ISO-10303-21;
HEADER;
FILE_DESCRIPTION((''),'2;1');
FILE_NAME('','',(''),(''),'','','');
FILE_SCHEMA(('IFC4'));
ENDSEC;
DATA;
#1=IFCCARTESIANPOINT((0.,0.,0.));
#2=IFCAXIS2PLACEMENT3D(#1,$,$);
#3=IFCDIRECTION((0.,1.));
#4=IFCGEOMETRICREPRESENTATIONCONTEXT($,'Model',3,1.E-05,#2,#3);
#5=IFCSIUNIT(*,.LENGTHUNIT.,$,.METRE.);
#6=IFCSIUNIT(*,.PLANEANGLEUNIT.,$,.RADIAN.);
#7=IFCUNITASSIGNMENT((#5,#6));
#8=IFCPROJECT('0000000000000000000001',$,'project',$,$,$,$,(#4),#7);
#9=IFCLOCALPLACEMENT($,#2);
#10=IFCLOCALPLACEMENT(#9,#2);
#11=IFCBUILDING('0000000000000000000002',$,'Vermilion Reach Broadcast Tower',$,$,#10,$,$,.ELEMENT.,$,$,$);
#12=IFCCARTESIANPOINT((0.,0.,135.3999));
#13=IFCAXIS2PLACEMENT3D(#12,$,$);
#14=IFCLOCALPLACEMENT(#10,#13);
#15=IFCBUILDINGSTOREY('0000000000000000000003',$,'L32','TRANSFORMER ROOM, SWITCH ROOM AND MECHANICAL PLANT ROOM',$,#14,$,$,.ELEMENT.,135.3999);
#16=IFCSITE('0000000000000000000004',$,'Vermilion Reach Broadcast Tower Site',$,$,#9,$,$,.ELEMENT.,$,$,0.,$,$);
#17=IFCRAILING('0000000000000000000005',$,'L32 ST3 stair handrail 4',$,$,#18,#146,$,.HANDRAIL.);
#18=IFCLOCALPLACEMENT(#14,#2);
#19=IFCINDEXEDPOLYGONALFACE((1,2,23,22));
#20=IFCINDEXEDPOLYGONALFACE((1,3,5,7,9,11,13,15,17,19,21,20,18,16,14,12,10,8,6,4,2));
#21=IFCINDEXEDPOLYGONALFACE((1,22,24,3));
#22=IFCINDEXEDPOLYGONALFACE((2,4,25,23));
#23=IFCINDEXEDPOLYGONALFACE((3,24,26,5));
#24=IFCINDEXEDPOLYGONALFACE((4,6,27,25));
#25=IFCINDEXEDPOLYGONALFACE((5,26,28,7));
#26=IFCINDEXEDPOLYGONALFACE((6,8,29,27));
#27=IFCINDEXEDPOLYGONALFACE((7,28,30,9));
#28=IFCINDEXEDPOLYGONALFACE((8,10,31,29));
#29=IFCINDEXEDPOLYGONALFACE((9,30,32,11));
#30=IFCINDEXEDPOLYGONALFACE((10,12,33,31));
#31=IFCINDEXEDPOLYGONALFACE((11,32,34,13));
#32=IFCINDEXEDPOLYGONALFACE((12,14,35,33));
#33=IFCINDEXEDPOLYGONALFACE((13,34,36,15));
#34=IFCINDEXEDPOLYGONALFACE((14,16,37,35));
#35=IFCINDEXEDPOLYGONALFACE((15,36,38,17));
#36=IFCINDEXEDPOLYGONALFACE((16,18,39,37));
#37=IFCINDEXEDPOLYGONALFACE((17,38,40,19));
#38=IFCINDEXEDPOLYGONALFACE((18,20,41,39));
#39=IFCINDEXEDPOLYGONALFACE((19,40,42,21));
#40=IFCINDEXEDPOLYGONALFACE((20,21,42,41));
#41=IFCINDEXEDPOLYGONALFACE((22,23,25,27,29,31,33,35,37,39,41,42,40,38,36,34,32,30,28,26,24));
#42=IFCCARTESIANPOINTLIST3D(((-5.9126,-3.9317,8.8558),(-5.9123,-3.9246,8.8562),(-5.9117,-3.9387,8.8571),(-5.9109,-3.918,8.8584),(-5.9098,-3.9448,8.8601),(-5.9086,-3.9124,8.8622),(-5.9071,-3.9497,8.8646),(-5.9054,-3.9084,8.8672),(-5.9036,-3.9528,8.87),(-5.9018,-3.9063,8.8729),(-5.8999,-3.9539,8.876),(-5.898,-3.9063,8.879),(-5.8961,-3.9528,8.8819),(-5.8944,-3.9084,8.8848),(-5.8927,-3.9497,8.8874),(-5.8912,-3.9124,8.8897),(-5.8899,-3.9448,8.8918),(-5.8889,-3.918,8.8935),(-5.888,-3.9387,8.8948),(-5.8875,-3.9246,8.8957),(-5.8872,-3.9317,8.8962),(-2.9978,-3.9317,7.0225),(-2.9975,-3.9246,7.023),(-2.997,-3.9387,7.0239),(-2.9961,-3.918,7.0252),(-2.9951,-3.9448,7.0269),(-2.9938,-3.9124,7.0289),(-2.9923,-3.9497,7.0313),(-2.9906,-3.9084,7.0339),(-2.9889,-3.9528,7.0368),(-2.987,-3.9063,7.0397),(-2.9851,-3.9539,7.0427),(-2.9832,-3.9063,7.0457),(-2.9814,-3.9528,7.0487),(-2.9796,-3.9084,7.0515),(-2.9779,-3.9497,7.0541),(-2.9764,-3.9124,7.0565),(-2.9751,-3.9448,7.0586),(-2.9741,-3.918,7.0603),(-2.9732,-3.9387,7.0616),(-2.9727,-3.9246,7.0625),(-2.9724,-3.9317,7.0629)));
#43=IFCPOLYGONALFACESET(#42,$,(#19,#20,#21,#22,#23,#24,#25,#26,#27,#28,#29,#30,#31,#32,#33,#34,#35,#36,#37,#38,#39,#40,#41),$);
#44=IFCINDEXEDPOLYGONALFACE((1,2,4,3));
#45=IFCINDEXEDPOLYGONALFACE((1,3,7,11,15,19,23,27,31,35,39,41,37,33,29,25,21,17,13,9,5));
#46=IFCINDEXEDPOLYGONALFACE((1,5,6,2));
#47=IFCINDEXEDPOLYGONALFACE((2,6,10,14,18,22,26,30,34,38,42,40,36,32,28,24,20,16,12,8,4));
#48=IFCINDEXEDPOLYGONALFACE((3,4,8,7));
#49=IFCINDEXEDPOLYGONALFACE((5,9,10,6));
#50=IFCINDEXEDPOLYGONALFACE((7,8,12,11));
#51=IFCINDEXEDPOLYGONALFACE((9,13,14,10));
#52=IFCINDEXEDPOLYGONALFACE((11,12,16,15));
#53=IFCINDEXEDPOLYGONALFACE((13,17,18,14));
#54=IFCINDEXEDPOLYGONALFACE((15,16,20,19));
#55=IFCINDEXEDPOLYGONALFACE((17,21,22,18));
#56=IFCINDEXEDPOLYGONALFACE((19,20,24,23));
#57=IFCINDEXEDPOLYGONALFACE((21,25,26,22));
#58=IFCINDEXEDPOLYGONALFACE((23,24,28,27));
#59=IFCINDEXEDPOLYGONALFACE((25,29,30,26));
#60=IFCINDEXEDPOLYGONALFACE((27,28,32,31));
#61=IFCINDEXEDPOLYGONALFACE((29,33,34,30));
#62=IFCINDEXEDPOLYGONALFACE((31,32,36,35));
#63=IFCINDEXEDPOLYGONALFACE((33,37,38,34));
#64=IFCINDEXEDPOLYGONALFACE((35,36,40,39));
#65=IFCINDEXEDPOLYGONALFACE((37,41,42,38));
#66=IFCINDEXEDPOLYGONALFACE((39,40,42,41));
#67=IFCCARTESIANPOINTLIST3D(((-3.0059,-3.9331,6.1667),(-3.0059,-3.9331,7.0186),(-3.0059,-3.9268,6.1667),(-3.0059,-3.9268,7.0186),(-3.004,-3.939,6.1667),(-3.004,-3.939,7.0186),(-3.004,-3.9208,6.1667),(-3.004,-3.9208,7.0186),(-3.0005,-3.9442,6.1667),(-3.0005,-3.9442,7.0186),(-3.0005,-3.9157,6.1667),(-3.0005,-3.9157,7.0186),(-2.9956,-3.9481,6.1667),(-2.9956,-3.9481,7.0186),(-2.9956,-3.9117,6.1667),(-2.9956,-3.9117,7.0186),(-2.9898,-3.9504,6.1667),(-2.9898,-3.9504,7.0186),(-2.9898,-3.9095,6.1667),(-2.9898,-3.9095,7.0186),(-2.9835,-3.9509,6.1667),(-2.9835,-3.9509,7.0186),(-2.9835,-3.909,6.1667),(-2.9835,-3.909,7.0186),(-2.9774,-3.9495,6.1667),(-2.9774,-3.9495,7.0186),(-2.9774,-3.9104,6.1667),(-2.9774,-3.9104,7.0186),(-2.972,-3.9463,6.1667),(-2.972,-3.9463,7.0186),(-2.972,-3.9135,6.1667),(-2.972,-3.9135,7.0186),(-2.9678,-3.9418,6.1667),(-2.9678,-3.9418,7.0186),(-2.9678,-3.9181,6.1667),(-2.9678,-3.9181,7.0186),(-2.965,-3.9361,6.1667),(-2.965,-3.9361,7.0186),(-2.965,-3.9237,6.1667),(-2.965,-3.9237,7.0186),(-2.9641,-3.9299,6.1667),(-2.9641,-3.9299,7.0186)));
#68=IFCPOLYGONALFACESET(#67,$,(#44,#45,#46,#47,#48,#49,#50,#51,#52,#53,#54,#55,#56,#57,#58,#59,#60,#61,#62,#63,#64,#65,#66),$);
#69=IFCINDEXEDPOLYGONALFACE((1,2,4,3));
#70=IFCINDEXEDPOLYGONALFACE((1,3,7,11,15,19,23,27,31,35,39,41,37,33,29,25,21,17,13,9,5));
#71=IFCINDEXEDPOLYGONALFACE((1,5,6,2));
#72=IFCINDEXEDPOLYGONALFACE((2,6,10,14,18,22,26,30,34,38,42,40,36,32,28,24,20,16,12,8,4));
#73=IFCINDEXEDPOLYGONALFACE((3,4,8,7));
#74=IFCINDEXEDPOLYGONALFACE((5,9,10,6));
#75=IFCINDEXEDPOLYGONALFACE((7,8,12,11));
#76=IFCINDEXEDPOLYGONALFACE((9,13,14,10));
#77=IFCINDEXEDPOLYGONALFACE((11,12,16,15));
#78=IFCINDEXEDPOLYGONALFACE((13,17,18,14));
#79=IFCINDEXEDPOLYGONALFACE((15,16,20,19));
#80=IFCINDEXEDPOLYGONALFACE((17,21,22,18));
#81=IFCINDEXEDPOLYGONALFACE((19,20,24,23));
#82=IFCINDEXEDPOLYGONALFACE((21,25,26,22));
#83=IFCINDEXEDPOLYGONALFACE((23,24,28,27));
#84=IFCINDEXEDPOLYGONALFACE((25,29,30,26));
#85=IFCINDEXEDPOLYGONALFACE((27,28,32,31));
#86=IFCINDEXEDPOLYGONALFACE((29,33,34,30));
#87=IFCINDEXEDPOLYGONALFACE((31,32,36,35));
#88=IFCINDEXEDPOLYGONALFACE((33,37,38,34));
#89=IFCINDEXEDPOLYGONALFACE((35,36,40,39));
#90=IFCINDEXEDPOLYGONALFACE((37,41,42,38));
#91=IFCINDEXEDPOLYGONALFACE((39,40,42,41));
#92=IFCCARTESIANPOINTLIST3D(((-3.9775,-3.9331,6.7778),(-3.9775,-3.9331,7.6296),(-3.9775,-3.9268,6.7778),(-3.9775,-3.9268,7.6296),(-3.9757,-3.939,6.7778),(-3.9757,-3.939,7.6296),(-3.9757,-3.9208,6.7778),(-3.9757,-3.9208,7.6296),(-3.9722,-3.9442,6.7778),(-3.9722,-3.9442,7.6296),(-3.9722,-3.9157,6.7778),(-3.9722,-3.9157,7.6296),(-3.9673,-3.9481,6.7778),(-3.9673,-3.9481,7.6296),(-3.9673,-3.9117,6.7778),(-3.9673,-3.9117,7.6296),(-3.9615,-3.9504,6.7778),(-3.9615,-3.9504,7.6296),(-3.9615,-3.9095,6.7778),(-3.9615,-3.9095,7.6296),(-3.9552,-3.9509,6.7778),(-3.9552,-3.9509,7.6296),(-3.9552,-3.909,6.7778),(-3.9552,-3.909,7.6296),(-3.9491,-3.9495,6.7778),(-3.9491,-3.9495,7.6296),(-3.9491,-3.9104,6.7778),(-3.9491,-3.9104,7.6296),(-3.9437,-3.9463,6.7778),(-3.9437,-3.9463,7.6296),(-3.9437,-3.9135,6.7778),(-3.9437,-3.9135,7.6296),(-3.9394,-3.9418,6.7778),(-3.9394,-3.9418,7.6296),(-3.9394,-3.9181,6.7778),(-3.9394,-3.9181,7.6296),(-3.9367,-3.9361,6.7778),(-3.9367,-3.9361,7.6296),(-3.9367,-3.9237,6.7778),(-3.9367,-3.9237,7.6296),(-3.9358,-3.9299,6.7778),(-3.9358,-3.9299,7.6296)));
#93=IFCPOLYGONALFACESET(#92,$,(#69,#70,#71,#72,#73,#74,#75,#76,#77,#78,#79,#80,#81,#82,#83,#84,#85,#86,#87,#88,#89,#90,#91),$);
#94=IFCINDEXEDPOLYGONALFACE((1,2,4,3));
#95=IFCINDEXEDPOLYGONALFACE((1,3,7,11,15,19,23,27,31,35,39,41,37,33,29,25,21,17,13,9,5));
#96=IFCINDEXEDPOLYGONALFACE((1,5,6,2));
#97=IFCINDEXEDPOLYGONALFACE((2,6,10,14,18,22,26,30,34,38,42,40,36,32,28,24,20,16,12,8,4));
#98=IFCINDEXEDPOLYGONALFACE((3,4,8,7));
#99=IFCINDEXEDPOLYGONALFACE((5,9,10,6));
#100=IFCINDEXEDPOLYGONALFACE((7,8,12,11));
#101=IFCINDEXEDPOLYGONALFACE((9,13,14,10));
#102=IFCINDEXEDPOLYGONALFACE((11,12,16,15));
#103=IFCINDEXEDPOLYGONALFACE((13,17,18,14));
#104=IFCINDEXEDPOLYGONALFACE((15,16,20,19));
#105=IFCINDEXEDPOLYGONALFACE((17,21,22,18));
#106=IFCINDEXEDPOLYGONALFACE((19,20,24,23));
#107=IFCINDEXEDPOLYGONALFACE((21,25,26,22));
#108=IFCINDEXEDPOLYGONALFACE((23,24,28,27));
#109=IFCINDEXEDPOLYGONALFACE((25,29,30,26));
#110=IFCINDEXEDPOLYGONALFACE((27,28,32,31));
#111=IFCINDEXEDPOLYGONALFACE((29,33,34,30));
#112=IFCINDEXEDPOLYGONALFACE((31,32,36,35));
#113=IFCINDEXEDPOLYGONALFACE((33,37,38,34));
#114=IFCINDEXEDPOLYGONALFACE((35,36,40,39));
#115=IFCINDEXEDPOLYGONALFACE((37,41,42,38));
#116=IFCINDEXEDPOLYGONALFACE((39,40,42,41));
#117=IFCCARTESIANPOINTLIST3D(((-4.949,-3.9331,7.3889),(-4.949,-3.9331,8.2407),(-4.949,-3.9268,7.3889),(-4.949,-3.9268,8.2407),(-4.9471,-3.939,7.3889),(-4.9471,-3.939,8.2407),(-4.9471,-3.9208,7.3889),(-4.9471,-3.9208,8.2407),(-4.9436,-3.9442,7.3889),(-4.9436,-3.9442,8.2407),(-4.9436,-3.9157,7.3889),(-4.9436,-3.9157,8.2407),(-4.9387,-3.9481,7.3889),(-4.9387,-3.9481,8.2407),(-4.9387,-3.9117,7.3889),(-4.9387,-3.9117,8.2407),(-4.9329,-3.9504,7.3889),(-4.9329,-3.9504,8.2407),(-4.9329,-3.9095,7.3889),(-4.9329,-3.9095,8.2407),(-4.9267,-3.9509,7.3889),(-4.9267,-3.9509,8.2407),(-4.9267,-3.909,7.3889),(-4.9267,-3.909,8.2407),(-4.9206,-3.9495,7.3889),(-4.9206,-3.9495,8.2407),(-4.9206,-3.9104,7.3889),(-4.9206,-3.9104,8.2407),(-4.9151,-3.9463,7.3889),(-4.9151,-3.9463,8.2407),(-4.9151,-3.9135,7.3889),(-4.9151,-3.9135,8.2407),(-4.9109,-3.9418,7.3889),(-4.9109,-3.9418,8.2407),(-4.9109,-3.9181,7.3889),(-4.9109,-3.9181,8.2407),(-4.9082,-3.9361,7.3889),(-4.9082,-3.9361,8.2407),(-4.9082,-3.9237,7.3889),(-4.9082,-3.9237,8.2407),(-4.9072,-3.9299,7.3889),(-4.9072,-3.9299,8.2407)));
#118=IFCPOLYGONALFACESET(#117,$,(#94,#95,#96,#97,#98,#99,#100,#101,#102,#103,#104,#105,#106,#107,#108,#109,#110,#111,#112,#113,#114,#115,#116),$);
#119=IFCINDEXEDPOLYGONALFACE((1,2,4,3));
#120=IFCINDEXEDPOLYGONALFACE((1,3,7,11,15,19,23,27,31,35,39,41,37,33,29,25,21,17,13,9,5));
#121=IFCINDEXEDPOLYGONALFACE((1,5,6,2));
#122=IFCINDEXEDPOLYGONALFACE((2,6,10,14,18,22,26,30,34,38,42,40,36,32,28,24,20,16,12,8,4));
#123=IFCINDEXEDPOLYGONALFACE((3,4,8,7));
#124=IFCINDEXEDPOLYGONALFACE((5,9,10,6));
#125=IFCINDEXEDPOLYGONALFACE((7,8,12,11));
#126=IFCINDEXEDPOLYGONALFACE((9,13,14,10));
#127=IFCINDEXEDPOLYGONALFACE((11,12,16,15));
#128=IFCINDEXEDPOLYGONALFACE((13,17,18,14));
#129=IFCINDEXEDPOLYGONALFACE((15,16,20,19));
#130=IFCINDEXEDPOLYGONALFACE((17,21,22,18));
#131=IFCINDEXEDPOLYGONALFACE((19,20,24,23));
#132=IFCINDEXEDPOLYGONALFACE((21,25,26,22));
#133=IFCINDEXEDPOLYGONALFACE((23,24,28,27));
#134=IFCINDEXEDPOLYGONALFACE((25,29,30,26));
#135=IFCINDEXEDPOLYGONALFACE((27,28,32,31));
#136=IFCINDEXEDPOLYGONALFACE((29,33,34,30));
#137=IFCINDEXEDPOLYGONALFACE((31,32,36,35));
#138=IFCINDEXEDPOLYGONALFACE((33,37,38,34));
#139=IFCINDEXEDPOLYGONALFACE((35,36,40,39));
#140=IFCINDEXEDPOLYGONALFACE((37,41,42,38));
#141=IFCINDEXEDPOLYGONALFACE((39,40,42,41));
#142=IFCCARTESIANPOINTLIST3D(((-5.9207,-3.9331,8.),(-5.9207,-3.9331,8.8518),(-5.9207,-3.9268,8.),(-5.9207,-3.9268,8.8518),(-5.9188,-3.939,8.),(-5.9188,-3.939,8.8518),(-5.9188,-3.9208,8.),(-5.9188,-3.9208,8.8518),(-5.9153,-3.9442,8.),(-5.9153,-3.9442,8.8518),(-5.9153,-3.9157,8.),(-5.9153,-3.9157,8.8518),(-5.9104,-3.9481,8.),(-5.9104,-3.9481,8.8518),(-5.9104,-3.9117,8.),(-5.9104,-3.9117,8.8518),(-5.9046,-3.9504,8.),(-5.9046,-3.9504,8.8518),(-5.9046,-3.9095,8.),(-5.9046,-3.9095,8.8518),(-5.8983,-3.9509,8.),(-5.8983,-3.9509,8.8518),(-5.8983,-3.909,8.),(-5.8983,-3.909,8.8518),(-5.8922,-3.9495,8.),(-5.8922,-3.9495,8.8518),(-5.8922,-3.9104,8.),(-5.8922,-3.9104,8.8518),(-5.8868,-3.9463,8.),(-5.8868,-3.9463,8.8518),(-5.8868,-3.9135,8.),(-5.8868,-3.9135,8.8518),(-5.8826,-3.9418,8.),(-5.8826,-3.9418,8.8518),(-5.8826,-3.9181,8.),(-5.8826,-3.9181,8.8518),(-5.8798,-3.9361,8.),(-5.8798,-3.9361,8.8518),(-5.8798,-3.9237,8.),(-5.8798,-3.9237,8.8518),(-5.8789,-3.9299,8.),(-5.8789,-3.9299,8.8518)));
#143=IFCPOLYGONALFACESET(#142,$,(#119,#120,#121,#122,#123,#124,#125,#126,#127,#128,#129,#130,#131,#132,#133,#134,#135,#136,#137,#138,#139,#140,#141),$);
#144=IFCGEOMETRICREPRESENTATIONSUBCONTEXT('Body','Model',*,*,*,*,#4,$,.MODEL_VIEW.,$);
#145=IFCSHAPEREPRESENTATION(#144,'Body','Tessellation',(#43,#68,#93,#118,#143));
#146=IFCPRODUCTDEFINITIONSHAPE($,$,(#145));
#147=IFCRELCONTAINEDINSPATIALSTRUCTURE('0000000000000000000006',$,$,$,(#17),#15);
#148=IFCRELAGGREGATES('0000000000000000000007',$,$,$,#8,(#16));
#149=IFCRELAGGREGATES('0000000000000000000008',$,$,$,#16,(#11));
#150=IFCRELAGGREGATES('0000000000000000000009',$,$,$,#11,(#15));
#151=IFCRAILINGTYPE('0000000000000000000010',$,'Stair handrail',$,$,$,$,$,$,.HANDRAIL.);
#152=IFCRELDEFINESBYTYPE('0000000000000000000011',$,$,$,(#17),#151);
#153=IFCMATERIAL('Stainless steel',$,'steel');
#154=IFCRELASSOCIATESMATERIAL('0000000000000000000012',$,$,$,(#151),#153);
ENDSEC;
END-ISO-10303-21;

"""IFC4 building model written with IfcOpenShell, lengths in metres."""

from ifc_helpers import new_model, si_unit, direction, frame, origin, origin_2d, place, context, subcontext, project, spatial, circle, extrude, material, type_object, element, save


model = new_model("IFC4")

# Units and contexts
model_context = context("Model", 3, precision=1e-05, world=origin(), true_north=direction((0.0, 1.0)))
body_context = subcontext(model_context, "Body", "Model", "MODEL_VIEW")
ifc_project = project(units=[si_unit("LENGTHUNIT", "METRE"), si_unit("PLANEANGLEUNIT", "RADIAN")], contexts=[model_context])

# Site, building, storey
site_placement = place(None, origin())
site = spatial("IfcSite", under=ifc_project, at=site_placement, Name="Vermilion Reach Broadcast Tower Site", CompositionType="ELEMENT", RefElevation=0.0)
building_placement = place(site_placement, origin())
building = spatial("IfcBuilding", under=site, at=building_placement, Name="Vermilion Reach Broadcast Tower", CompositionType="ELEMENT")
storey_placement = place(building_placement, frame((0.0, 0.0, 135.3999)))
storey = spatial("IfcBuildingStorey", under=building, at=storey_placement, Name="L32", Description="TRANSFORMER ROOM, SWITCH ROOM AND MECHANICAL PLANT ROOM", CompositionType="ELEMENT", Elevation=135.3999)

# Railing
ifc_material_1 = material(Name="Stainless steel", Category="steel")
railing_type_1 = type_object("IfcRailingType", Name="Stair handrail", PredefinedType="HANDRAIL", material=ifc_material_1)
for number, where, name in (
    (1, (-2.9851, -3.9299, 6.1667), "L32 ST3 stair handrail 4"),
):
    element("IfcRailing", number, at=place(storey_placement, frame(where)), inside=storey, type_object=railing_type_1, Name=name, PredefinedType="HANDRAIL", context=body_context, shape_type="SweptSolid", body=[
        extrude(circle(Radius=0.0239, at=origin_2d()), frame((0.0, 0.0, 0.876), z_axis=(-0.846493, 0.0, 0.532399), x_axis=(0.0, -1.0, 0.0)), (0.0, 0.0, 1.0), 3.4434),
        extrude(circle(Radius=0.021, at=origin_2d()), origin(), (0.0, 0.0, 1.0), 0.8518),
        extrude(circle(Radius=0.021, at=origin_2d()), frame((-0.9717, 0.0, 0.6111)), (0.0, 0.0, 1.0), 0.8518),
        extrude(circle(Radius=0.021, at=origin_2d()), frame((-1.9431, 0.0, 1.2222)), (0.0, 0.0, 1.0), 0.8518),
        extrude(circle(Radius=0.021, at=origin_2d()), frame((-2.9148, 0.0, 1.8333)), (0.0, 0.0, 1.0), 0.8518),
    ])

save(model, "model.ifc")
